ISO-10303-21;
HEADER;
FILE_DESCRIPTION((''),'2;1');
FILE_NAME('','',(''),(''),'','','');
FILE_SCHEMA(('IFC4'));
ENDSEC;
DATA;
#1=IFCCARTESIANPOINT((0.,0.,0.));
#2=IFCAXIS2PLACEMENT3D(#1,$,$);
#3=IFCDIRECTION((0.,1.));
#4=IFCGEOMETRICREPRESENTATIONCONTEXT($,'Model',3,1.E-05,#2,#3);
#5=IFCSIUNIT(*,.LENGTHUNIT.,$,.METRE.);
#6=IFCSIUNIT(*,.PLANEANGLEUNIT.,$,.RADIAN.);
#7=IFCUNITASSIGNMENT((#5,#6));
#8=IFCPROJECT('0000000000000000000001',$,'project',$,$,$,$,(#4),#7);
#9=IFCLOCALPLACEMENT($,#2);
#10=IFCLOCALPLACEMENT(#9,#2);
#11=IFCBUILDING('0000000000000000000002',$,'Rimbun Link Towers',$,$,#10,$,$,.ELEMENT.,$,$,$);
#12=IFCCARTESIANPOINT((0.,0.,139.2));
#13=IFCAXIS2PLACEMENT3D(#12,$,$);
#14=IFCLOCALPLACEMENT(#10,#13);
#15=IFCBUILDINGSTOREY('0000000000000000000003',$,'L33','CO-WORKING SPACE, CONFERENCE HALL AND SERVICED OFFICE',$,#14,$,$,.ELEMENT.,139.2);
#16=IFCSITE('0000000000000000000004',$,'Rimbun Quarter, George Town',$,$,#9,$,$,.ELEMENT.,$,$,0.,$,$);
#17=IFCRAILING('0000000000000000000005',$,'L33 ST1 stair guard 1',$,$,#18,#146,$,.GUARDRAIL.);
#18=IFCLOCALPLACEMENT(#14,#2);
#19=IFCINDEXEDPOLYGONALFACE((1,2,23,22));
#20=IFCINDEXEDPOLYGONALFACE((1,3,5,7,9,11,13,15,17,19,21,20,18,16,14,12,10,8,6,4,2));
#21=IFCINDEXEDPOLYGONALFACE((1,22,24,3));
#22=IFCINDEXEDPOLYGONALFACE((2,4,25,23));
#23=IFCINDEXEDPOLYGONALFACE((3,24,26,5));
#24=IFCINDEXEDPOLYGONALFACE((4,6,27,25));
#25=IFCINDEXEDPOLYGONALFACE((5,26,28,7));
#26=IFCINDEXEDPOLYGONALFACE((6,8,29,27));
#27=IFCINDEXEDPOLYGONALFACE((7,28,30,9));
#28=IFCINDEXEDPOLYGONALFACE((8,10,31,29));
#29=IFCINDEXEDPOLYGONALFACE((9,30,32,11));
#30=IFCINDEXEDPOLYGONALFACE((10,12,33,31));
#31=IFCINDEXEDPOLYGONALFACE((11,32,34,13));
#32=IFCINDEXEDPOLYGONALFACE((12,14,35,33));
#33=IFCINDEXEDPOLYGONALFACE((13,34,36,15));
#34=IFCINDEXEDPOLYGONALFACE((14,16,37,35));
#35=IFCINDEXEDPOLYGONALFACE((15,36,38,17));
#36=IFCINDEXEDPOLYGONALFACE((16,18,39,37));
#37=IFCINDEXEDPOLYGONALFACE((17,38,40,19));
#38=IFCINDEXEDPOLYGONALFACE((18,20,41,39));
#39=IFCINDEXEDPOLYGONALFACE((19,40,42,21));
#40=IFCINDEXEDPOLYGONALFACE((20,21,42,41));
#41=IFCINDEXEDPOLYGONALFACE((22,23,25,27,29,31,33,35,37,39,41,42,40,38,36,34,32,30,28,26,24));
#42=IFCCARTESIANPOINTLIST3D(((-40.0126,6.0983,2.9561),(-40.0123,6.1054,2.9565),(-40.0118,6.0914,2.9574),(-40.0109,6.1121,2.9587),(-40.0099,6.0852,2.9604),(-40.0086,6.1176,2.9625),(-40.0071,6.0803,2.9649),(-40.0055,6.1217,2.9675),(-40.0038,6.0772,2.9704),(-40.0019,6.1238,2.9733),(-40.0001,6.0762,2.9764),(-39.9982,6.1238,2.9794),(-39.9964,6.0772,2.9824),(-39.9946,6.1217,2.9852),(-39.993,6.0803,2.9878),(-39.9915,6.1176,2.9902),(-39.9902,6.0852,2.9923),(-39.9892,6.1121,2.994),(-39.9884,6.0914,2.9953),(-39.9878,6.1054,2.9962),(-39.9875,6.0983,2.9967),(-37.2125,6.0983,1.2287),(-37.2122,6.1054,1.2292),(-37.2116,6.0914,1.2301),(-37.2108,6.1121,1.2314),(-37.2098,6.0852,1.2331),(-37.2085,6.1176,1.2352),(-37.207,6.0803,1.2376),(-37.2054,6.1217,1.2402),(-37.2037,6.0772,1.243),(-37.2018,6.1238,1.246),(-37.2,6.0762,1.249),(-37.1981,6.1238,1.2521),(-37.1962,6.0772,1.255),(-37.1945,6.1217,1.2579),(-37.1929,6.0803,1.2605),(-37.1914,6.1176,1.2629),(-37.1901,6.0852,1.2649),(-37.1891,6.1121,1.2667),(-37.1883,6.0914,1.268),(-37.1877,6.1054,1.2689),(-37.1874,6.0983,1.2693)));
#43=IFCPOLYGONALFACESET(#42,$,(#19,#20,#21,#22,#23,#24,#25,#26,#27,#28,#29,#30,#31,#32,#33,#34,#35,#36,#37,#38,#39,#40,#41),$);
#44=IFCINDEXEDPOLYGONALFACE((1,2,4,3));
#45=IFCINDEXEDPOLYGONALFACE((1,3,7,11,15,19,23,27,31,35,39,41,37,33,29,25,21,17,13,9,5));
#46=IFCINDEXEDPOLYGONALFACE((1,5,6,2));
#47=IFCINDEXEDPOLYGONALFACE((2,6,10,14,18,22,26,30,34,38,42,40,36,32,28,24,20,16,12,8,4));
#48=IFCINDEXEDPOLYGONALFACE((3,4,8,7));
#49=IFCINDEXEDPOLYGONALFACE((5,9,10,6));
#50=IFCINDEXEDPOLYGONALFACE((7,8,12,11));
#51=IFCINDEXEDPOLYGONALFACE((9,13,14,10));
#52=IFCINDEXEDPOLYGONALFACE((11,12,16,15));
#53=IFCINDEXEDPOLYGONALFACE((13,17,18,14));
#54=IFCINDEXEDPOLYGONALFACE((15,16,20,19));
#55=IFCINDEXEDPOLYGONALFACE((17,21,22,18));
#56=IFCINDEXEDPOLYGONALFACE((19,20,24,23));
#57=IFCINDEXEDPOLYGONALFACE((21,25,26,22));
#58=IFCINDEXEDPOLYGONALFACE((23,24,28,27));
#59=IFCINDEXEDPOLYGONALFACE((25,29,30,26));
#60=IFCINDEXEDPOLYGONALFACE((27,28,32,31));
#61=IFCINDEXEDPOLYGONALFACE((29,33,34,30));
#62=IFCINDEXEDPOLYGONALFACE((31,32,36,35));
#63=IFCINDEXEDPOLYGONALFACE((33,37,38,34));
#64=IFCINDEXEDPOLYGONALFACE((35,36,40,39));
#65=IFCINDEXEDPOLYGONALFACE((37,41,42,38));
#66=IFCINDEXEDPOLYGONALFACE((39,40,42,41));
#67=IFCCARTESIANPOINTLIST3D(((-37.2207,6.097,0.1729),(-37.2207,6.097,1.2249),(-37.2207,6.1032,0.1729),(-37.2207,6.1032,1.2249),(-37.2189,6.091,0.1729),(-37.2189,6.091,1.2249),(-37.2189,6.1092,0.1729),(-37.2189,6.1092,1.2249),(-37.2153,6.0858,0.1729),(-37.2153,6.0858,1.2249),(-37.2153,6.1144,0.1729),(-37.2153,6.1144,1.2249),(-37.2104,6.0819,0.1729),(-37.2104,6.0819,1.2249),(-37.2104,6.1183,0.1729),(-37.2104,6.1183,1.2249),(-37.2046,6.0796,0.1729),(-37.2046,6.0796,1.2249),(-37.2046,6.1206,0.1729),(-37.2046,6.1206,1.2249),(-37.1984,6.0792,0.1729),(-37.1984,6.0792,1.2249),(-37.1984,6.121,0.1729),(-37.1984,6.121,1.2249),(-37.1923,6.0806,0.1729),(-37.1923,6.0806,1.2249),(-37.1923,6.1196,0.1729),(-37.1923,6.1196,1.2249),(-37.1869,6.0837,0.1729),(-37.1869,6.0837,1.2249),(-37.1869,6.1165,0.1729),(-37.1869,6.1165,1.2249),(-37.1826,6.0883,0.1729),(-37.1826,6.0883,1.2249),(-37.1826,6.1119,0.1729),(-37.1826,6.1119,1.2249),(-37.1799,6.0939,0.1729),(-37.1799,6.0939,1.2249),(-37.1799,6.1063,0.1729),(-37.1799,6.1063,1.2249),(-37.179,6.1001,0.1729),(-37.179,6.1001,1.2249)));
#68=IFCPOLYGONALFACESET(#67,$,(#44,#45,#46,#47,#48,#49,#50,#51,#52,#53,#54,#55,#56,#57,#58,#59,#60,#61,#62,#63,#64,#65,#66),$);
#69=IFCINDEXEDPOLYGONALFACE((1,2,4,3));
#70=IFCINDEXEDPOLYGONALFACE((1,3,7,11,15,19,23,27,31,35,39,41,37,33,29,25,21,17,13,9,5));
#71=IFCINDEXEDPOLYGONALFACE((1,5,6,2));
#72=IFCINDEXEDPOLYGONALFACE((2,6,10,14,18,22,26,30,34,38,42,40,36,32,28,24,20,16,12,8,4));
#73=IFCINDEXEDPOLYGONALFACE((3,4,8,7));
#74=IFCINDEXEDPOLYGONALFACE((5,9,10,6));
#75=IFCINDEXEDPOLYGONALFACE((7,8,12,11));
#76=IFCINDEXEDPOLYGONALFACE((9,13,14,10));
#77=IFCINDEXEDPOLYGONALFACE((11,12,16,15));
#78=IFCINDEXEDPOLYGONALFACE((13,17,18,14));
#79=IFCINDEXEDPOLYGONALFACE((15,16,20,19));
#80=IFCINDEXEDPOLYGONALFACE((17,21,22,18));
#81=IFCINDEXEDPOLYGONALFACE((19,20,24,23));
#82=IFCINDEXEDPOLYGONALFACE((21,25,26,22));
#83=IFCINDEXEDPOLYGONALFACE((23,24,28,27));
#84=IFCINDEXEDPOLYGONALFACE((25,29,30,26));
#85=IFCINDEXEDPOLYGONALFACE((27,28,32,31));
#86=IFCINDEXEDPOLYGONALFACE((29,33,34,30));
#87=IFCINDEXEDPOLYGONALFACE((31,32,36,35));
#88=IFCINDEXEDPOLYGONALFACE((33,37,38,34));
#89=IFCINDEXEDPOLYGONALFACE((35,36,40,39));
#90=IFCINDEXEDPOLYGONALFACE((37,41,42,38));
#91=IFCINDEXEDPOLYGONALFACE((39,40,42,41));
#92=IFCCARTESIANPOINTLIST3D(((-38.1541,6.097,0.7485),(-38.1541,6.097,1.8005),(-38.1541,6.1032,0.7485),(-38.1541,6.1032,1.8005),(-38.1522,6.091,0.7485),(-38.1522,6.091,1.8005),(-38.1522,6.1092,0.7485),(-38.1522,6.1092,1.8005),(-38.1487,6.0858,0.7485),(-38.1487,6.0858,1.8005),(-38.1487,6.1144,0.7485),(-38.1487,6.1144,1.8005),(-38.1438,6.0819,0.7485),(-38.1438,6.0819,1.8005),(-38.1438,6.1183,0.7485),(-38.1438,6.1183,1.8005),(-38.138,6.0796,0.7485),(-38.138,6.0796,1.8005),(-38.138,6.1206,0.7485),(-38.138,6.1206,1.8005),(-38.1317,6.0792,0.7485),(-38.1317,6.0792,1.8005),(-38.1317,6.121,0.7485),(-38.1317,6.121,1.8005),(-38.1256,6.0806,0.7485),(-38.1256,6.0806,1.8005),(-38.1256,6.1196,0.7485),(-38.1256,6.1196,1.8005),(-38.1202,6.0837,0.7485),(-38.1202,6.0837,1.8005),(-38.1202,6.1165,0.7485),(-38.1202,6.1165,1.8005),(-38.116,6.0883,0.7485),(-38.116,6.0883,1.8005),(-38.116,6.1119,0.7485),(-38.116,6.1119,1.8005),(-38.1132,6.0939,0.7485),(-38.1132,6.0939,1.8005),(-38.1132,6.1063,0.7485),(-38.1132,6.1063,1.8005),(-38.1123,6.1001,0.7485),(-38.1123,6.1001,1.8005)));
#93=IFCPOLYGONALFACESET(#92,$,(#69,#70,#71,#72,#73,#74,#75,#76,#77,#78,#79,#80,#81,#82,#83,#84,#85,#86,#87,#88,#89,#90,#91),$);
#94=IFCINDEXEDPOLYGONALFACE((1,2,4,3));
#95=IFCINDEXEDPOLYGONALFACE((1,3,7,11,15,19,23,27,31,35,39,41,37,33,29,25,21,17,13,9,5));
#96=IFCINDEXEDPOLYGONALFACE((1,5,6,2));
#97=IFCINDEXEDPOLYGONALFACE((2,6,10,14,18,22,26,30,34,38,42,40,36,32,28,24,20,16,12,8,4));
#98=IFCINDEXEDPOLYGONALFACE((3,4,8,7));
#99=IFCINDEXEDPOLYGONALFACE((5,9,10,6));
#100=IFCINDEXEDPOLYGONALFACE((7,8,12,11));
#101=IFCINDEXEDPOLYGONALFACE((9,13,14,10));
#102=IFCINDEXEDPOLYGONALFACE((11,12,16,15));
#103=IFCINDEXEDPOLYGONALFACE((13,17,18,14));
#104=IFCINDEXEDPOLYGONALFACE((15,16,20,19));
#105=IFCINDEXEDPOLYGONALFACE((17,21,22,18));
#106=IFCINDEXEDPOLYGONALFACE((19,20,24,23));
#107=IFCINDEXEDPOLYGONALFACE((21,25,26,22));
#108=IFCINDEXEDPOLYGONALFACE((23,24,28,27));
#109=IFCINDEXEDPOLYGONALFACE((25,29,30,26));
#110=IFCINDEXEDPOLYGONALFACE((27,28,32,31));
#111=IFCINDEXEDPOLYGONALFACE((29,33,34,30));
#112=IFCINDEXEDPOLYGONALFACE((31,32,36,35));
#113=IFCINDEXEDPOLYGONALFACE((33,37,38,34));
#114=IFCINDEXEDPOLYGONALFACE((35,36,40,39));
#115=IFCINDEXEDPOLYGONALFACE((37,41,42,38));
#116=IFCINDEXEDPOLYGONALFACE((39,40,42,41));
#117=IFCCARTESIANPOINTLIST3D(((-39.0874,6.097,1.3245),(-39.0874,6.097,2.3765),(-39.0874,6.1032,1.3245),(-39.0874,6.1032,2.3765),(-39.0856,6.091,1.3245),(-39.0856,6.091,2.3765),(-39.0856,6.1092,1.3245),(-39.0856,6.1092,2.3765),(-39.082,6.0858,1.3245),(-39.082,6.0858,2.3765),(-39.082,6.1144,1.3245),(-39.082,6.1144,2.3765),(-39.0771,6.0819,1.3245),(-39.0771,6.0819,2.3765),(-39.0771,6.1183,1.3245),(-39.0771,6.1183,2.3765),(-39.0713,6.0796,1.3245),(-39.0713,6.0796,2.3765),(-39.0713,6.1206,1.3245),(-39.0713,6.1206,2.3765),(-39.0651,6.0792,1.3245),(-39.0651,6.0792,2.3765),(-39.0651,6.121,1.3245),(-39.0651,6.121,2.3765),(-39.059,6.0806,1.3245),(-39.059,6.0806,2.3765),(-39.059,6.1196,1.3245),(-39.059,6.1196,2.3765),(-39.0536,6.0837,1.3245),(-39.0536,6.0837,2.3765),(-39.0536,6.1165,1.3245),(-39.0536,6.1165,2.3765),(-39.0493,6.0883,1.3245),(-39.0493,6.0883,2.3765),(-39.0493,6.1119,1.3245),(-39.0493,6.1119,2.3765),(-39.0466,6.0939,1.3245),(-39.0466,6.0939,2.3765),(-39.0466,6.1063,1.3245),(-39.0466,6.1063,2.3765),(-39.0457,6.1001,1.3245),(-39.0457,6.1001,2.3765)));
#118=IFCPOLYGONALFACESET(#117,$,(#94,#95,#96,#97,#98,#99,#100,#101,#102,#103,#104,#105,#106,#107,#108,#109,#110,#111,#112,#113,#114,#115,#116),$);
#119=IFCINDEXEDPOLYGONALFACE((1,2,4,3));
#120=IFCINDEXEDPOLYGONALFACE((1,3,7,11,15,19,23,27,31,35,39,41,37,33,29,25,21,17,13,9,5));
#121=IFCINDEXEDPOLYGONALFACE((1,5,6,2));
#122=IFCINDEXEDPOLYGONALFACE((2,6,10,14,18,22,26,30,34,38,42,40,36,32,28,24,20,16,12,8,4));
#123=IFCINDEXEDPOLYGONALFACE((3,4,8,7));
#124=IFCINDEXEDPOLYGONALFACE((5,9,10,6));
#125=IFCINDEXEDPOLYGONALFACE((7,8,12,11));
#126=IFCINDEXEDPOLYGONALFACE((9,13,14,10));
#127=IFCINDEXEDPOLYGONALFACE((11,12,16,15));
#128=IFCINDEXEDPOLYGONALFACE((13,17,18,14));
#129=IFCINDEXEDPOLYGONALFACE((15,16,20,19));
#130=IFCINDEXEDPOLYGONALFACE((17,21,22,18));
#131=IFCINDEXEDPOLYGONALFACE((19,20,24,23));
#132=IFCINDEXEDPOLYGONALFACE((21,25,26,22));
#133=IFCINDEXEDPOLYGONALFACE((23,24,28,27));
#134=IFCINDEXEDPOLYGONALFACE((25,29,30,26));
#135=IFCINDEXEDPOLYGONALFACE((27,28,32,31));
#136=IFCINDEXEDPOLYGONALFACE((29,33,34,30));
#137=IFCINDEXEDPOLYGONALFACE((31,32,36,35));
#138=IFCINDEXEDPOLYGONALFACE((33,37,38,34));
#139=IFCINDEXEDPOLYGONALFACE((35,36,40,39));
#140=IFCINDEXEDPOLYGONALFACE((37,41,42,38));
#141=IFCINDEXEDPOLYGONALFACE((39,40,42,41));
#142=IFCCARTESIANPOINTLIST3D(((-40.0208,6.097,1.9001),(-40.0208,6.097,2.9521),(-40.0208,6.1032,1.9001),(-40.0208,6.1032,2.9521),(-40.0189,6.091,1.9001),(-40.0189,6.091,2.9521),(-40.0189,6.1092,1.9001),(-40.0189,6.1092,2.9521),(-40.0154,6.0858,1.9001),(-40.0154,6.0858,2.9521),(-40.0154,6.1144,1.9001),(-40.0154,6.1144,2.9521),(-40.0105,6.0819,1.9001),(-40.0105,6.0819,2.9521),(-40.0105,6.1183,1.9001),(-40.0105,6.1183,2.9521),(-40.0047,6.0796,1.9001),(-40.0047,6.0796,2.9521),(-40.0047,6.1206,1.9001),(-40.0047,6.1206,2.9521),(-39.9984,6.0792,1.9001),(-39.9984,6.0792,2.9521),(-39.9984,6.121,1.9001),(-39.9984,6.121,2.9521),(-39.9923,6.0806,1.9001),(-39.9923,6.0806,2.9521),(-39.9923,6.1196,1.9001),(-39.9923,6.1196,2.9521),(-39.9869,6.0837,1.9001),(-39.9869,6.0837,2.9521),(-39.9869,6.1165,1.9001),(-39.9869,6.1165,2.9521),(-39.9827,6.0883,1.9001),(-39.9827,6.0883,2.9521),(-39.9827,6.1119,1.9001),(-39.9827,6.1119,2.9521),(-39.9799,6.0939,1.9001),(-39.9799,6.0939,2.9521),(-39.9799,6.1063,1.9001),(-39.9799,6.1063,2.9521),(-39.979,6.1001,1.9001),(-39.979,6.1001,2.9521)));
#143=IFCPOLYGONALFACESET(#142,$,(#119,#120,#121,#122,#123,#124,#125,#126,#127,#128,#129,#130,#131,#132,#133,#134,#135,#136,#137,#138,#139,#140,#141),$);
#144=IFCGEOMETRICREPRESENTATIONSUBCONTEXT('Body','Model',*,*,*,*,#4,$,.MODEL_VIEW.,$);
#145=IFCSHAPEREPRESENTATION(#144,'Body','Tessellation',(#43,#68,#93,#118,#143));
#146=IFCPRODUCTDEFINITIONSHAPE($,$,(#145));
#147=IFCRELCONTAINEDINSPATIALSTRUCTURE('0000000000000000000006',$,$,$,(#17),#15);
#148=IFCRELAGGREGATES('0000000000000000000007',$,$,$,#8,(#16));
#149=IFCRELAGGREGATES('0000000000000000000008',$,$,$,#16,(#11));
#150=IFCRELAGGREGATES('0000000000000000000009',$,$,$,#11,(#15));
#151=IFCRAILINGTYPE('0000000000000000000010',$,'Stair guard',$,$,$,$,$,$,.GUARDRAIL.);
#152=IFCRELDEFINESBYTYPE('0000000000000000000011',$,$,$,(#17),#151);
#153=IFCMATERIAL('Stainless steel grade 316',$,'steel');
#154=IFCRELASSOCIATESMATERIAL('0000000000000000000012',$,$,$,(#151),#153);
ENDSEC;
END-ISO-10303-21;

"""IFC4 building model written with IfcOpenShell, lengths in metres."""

from ifc_helpers import new_model, si_unit, direction, frame, origin, origin_2d, place, context, subcontext, project, spatial, circle, extrude, material, type_object, element, save


model = new_model("IFC4")

# Units and contexts
model_context = context("Model", 3, precision=1e-05, world=origin(), true_north=direction((0.0, 1.0)))
body_context = subcontext(model_context, "Body", "Model", "MODEL_VIEW")
ifc_project = project(units=[si_unit("LENGTHUNIT", "METRE"), si_unit("PLANEANGLEUNIT", "RADIAN")], contexts=[model_context])

# Site, building, storey
site_placement = place(None, origin())
site = spatial("IfcSite", under=ifc_project, at=site_placement, Name="Rimbun Quarter, George Town", CompositionType="ELEMENT", RefElevation=0.0)
building_placement = place(site_placement, origin())
building = spatial("IfcBuilding", under=site, at=building_placement, Name="Rimbun Link Towers", CompositionType="ELEMENT")
storey_placement = place(building_placement, frame((0.0, 0.0, 139.2)))
storey = spatial("IfcBuildingStorey", under=building, at=storey_placement, Name="L33", Description="CO-WORKING SPACE, CONFERENCE HALL AND SERVICED OFFICE", CompositionType="ELEMENT", Elevation=139.2)

# Railing
ifc_material_1 = material(Name="Stainless steel grade 316", Category="steel")
railing_type_1 = type_object("IfcRailingType", Name="Stair guard", PredefinedType="GUARDRAIL", material=ifc_material_1)
railing_1_placement = place(storey_placement, frame((-37.2, 6.1001, 0.1729)))
element("IfcRailing", 1, at=railing_1_placement, inside=storey, type_object=railing_type_1, Name="L33 ST1 stair guard 1", PredefinedType="GUARDRAIL", context=body_context, shape_type="SweptSolid", body=[
    extrude(circle(Radius=0.0239, at=origin_2d()), frame((0.0, 0.0, 1.0762), z_axis=(-0.85109, 0.0, 0.52502), x_axis=(0.0, -1.0, 0.0)), (0.0, 0.0, 1.0), 3.29),
    extrude(circle(Radius=0.021, at=origin_2d()), origin(), (0.0, 0.0, 1.0), 1.052),
    extrude(circle(Radius=0.021, at=origin_2d()), frame((-0.9333, 0.0, 0.5757)), (0.0, 0.0, 1.0), 1.052),
    extrude(circle(Radius=0.021, at=origin_2d()), frame((-1.8667, 0.0, 1.1516)), (0.0, 0.0, 1.0), 1.052),
    extrude(circle(Radius=0.021, at=origin_2d()), frame((-2.8, 0.0, 1.7273)), (0.0, 0.0, 1.0), 1.052),
])

save(model, "model.ifc")
